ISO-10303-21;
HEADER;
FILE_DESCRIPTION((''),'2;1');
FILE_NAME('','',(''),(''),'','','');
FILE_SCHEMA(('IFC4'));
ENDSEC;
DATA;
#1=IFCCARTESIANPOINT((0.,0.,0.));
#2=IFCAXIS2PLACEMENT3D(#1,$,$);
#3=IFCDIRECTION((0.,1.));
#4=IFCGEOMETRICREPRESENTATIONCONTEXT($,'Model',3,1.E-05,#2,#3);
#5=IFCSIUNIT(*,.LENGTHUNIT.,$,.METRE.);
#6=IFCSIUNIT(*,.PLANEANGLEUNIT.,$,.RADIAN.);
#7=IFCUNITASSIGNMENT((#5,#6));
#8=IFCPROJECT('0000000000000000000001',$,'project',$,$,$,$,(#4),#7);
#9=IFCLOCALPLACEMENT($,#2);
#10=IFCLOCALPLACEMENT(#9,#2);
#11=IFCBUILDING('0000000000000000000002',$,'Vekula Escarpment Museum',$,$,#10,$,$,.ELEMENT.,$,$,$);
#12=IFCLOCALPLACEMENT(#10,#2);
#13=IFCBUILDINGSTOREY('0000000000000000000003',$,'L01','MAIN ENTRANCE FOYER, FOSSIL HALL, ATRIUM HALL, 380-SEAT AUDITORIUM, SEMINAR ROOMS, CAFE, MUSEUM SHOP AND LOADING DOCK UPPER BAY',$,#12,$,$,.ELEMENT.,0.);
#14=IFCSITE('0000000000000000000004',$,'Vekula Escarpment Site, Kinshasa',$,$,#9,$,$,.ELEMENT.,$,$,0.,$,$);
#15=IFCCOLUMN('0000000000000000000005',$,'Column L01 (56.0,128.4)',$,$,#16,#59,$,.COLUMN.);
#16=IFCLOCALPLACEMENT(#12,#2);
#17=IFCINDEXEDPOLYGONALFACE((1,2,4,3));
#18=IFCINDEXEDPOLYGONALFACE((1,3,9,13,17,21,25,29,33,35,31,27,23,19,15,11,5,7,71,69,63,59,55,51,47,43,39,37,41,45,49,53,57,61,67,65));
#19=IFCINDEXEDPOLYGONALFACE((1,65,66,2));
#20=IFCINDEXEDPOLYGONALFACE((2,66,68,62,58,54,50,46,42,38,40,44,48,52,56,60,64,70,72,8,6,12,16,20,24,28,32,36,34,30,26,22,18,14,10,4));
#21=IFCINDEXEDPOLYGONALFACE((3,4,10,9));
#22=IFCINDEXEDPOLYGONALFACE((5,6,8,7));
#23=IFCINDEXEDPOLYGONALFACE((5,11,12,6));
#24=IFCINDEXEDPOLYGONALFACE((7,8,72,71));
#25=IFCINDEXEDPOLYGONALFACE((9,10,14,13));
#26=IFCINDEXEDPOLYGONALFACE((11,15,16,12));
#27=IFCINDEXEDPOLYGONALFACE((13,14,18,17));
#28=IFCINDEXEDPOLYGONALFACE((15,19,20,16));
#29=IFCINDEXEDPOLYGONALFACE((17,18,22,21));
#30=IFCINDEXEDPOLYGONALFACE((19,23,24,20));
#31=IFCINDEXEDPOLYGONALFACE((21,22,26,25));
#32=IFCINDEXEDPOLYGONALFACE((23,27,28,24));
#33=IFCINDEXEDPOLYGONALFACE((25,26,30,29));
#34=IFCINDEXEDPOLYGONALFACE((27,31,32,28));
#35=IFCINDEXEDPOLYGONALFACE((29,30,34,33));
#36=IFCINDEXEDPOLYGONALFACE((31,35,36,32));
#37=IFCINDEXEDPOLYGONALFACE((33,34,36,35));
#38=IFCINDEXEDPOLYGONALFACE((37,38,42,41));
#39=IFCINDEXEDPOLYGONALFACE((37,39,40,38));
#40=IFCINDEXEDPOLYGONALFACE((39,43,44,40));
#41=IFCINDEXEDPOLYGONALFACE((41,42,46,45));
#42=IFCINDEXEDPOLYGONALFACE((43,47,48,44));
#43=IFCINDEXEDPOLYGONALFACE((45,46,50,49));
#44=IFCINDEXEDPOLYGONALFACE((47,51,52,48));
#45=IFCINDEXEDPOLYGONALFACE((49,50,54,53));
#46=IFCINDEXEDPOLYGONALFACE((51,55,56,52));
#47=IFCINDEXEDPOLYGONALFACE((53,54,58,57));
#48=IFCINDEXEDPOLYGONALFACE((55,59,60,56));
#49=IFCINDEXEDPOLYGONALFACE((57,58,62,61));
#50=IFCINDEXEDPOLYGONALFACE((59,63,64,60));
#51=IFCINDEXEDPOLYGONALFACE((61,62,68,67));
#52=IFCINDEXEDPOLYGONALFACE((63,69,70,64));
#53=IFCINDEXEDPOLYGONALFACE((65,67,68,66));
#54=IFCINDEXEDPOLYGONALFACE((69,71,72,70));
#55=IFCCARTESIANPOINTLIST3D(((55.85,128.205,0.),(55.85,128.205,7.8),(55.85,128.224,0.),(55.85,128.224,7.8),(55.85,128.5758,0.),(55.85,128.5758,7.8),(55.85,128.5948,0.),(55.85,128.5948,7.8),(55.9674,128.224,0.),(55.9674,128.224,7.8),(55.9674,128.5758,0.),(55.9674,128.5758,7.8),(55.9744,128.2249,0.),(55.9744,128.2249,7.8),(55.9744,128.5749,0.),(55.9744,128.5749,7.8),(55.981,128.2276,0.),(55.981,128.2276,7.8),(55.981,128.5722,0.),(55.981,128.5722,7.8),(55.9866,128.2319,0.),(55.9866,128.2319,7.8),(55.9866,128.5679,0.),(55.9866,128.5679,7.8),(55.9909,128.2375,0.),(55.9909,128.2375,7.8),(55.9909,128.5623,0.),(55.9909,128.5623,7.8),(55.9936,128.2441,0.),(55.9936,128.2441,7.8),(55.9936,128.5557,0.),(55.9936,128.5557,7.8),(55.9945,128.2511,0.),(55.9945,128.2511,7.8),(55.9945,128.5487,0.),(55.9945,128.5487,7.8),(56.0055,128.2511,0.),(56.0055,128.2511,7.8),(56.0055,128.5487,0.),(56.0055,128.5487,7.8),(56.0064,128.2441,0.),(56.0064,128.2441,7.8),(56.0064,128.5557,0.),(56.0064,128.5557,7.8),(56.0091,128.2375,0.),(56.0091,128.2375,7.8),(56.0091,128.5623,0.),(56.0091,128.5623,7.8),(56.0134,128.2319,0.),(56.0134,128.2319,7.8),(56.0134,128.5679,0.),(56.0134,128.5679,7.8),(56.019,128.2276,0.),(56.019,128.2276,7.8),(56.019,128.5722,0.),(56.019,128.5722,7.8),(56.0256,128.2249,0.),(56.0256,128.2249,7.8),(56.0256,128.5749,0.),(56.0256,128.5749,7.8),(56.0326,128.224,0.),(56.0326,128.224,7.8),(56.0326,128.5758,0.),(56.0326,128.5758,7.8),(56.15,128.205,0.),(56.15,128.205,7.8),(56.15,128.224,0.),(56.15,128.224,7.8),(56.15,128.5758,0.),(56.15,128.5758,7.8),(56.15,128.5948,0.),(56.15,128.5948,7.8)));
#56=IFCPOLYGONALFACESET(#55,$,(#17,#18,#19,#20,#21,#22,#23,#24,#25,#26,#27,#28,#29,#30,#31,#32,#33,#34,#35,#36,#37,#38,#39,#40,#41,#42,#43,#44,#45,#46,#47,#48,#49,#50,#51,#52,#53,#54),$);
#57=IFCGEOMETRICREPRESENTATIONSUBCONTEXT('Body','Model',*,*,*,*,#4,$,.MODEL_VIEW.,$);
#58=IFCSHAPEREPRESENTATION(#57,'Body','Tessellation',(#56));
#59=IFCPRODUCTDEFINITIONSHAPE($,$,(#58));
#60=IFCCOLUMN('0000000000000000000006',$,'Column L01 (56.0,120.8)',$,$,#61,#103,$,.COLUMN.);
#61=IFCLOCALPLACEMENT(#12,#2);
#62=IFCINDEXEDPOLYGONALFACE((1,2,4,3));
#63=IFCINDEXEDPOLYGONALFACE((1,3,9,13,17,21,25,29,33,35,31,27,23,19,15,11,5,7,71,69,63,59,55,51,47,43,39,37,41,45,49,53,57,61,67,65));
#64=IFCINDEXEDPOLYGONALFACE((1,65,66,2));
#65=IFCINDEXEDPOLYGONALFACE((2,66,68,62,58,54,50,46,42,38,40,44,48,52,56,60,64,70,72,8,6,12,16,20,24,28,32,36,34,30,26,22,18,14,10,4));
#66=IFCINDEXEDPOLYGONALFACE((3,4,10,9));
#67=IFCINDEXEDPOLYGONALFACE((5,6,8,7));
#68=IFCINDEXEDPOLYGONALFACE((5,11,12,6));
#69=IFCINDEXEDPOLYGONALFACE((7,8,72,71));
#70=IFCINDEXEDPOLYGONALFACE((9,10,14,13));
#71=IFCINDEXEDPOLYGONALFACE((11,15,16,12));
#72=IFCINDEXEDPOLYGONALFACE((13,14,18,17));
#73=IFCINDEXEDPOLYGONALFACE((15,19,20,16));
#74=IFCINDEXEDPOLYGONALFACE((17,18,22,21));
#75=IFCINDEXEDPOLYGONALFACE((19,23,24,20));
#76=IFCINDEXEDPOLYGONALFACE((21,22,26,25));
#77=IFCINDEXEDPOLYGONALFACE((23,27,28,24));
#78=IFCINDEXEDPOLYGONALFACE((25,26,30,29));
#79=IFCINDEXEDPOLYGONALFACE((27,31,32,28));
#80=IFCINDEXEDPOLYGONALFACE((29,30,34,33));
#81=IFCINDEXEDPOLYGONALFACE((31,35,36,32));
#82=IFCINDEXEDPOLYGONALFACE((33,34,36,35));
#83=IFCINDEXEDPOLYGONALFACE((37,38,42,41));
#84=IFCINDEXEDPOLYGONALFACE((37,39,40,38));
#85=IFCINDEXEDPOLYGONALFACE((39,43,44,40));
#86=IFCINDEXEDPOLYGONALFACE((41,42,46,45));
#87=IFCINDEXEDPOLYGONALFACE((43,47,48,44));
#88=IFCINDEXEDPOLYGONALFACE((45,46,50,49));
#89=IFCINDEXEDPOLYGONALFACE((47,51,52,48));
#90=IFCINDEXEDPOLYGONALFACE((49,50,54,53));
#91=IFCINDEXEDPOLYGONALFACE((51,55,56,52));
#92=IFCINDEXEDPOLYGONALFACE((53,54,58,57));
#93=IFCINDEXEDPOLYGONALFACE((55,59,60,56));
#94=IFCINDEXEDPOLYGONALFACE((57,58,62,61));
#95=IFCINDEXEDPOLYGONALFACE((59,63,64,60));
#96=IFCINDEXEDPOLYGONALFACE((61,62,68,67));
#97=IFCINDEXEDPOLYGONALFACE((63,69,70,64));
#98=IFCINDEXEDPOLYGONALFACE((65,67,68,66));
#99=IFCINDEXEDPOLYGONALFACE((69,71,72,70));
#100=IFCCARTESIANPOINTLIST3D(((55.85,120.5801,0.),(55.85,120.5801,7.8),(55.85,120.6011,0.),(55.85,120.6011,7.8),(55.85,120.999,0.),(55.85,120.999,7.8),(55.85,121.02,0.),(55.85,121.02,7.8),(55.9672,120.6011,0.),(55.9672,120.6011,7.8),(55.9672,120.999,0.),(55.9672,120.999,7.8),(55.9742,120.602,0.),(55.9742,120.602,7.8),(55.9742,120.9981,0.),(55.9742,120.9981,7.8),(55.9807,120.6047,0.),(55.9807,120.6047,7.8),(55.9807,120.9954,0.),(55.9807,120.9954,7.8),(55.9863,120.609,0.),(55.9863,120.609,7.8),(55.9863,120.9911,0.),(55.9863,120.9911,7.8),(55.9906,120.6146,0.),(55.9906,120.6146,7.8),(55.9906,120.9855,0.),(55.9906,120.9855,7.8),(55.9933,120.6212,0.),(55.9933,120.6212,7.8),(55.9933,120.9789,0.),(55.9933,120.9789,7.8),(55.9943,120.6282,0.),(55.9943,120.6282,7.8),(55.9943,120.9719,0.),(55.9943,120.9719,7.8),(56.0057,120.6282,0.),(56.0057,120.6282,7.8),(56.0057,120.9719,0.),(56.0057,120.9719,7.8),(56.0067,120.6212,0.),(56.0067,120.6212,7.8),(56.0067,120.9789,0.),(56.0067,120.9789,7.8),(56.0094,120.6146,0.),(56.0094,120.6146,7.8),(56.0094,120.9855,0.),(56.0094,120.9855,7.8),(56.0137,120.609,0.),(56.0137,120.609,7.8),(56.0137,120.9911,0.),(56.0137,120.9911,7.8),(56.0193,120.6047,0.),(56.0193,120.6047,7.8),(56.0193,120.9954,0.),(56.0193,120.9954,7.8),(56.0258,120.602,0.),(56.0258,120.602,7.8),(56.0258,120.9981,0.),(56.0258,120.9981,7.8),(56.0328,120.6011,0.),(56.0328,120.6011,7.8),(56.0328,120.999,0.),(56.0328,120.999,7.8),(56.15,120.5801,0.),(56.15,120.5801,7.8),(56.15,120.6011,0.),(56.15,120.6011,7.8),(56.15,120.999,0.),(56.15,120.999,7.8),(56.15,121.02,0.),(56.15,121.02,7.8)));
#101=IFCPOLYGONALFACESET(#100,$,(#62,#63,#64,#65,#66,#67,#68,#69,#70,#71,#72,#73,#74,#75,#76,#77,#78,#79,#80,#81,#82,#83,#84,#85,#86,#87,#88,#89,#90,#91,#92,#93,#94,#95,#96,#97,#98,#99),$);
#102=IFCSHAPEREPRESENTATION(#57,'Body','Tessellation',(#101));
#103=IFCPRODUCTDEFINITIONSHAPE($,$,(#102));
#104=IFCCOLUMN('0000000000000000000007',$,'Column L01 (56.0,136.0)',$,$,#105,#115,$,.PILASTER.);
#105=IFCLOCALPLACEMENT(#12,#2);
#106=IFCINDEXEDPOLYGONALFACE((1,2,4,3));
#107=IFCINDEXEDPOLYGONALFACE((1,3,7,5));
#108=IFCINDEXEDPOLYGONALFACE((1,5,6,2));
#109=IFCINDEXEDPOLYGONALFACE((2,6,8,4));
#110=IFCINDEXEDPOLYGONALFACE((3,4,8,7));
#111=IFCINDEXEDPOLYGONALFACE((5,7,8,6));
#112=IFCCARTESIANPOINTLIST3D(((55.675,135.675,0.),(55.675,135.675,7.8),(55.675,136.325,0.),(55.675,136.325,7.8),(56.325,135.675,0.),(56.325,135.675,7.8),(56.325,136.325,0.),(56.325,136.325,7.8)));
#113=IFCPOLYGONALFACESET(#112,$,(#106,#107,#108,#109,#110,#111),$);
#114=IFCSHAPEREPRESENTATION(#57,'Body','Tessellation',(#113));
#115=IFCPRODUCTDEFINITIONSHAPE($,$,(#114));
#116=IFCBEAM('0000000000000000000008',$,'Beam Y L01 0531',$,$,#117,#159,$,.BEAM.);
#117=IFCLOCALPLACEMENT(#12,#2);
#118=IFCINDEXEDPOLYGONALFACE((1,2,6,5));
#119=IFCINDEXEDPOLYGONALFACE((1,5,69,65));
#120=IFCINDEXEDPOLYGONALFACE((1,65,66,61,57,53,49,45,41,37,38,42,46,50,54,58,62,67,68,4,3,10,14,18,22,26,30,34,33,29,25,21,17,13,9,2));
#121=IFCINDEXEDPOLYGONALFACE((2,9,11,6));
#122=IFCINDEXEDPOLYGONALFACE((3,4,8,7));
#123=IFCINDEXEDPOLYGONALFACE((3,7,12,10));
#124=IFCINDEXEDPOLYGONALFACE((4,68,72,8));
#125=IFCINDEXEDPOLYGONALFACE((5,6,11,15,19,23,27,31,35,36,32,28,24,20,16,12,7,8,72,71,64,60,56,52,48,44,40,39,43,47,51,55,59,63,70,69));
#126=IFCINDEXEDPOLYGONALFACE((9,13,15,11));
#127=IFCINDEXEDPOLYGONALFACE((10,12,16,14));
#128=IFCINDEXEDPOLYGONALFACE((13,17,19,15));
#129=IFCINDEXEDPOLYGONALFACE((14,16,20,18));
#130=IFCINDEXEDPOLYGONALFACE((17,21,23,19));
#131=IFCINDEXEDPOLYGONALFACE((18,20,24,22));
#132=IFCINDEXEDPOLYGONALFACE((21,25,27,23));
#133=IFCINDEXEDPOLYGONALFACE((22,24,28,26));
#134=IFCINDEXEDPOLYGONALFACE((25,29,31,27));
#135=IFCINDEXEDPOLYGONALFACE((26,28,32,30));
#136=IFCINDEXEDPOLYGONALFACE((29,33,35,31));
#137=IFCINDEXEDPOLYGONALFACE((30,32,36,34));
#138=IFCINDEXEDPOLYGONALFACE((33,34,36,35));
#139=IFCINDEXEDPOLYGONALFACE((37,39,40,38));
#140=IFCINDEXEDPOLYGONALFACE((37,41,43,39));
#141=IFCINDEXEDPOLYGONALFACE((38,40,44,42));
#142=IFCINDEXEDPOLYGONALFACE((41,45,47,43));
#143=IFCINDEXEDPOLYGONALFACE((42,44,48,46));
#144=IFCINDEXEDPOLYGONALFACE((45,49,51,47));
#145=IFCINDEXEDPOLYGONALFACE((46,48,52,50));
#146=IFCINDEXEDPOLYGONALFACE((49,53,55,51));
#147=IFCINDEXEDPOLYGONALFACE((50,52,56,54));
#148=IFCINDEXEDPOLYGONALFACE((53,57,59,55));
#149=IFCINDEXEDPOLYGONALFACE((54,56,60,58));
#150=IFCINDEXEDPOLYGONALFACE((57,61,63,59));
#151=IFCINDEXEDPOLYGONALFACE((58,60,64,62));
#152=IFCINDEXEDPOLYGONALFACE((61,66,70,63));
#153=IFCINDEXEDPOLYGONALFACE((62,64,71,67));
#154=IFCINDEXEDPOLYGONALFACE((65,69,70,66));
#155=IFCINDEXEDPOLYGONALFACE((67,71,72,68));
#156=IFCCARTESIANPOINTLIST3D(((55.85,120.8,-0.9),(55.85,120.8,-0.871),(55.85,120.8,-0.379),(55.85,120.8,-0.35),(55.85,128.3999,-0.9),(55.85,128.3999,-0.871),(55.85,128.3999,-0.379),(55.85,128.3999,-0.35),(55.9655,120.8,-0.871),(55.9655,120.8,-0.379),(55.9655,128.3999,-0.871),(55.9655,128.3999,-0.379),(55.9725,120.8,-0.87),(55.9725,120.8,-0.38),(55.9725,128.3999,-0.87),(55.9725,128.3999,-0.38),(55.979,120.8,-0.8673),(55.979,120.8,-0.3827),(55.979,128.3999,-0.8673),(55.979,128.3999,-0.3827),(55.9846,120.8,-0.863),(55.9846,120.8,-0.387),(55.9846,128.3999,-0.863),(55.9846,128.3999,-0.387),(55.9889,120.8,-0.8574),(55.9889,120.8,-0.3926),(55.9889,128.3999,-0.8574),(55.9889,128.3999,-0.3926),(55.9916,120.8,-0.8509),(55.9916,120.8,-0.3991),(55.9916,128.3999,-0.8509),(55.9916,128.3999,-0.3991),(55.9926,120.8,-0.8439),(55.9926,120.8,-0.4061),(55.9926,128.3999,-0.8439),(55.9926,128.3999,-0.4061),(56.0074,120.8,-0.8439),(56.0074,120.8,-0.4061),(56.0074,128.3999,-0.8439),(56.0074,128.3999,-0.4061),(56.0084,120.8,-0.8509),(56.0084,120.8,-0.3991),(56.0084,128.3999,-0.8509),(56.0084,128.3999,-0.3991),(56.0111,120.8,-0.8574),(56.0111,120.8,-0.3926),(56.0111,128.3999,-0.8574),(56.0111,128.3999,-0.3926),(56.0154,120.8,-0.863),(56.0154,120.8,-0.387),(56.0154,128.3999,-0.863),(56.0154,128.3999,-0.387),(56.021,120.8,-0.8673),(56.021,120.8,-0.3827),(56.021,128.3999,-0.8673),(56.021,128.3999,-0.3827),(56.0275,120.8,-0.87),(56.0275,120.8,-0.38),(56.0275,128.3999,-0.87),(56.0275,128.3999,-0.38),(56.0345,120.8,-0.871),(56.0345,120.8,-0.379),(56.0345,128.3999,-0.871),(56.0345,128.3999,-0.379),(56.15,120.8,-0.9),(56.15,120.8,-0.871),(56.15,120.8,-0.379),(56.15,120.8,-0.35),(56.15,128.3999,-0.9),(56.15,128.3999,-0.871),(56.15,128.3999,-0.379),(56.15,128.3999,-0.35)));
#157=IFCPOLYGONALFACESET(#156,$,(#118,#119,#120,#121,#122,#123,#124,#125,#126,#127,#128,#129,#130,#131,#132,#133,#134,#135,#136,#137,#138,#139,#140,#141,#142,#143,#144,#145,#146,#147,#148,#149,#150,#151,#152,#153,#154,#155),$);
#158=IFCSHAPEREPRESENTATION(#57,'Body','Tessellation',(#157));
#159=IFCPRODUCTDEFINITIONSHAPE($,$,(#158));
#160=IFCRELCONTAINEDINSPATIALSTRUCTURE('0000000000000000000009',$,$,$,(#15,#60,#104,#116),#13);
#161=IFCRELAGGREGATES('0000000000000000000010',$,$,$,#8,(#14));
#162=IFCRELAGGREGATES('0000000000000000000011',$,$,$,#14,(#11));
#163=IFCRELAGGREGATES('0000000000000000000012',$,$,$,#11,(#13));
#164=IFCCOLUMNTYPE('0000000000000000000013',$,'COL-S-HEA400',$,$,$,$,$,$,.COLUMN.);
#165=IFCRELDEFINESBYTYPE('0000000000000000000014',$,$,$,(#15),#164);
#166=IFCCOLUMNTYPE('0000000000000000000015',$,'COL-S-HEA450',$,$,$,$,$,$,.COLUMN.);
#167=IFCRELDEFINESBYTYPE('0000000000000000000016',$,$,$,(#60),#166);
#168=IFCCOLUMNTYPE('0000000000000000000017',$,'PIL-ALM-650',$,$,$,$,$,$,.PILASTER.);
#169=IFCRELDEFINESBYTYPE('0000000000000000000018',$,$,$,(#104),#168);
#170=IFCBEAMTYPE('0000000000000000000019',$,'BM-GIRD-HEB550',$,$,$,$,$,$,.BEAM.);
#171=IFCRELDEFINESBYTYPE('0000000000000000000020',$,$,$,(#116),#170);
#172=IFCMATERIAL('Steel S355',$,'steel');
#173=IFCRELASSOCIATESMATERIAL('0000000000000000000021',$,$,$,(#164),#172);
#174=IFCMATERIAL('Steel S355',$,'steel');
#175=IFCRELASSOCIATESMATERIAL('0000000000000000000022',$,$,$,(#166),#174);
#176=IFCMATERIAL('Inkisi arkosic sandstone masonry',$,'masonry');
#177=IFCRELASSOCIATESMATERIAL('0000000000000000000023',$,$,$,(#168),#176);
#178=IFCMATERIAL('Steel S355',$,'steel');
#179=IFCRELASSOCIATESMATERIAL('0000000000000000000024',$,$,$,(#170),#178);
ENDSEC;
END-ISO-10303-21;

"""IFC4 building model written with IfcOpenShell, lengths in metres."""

from ifc_helpers import new_model, si_unit, direction, frame, origin, origin_2d, place, context, subcontext, project, spatial, rectangle, i_section, extrude, material, material_profile, profile_set, type_object, element, save


model = new_model("IFC4")

# Units and contexts
model_context = context("Model", 3, precision=1e-05, world=origin(), true_north=direction((0.0, 1.0)))
body_context = subcontext(model_context, "Body", "Model", "MODEL_VIEW")
ifc_project = project(units=[si_unit("LENGTHUNIT", "METRE"), si_unit("PLANEANGLEUNIT", "RADIAN")], contexts=[model_context])

# Site, building, storey
site_placement = place(None, origin())
site = spatial("IfcSite", under=ifc_project, at=site_placement, Name="Vekula Escarpment Site, Kinshasa", CompositionType="ELEMENT", RefElevation=0.0)
building_placement = place(site_placement, origin())
building = spatial("IfcBuilding", under=site, at=building_placement, Name="Vekula Escarpment Museum", CompositionType="ELEMENT")
storey_placement = place(building_placement, origin())
storey = spatial("IfcBuildingStorey", under=building, at=storey_placement, Name="L01", Description="MAIN ENTRANCE FOYER, FOSSIL HALL, ATRIUM HALL, 380-SEAT AUDITORIUM, SEMINAR ROOMS, CAFE, MUSEUM SHOP AND LOADING DOCK UPPER BAY", CompositionType="ELEMENT", Elevation=0.0)

# Columns
ifc_material_1 = material(Name="Steel S355", Category="steel")
ifc_material_profile_1 = material_profile(ifc_material_1, i_section(OverallWidth=0.3, OverallDepth=0.3899, WebThickness=0.011, FlangeThickness=0.019, FilletRadius=0.0271, at=origin_2d()), Name="HEA 400")
ifc_profile_set_1 = profile_set([ifc_material_profile_1], Name="Steel S355")
column_type_1 = type_object("IfcColumnType", Name="COL-S-HEA400", PredefinedType="COLUMN", material=ifc_profile_set_1)
column_1_placement = place(storey_placement, frame((56.0, 128.3999, 0.0), z_axis=(0.0, 0.0, 1.0), x_axis=(1.0, 0.0, 0.0)))
element("IfcColumn", 1, at=column_1_placement, inside=storey, type_object=column_type_1, Name="Column L01 (56.0,128.4)", PredefinedType="COLUMN", context=body_context, shape_type="SweptSolid", body=[
    extrude(i_section(OverallWidth=0.3, OverallDepth=0.3899, WebThickness=0.011, FlangeThickness=0.019, FilletRadius=0.0271, at=origin_2d()), origin(), (0.0, 0.0, 1.0), 7.8),
])
ifc_material_2 = material(Name="Steel S355", Category="steel")
ifc_material_profile_2 = material_profile(ifc_material_2, i_section(OverallWidth=0.3, OverallDepth=0.4399, WebThickness=0.0115, FlangeThickness=0.021, FilletRadius=0.0271, at=origin_2d()), Name="HEA 450")
ifc_profile_set_2 = profile_set([ifc_material_profile_2], Name="Steel S355")
column_type_2 = type_object("IfcColumnType", Name="COL-S-HEA450", PredefinedType="COLUMN", material=ifc_profile_set_2)
column_2_placement = place(storey_placement, frame((56.0, 120.8, 0.0), z_axis=(0.0, 0.0, 1.0), x_axis=(1.0, 0.0, 0.0)))
element("IfcColumn", 2, at=column_2_placement, inside=storey, type_object=column_type_2, Name="Column L01 (56.0,120.8)", PredefinedType="COLUMN", context=body_context, shape_type="SweptSolid", body=[
    extrude(i_section(OverallWidth=0.3, OverallDepth=0.4399, WebThickness=0.0115, FlangeThickness=0.021, FilletRadius=0.0271, at=origin_2d()), origin(), (0.0, 0.0, 1.0), 7.8),
])
ifc_material_3 = material(Name="Inkisi arkosic sandstone masonry", Category="masonry")
ifc_material_profile_3 = material_profile(ifc_material_3, rectangle(XDim=0.6499, YDim=0.6499, at=origin_2d()), Name="PIER 650x650")
ifc_profile_set_3 = profile_set([ifc_material_profile_3], Name="Inkisi arkosic sandstone masonry")
column_type_3 = type_object("IfcColumnType", Name="PIL-ALM-650", PredefinedType="PILASTER", material=ifc_profile_set_3)
column_3_placement = place(storey_placement, frame((56.0, 136.0, 0.0), z_axis=(0.0, 0.0, 1.0), x_axis=(1.0, 0.0, 0.0)))
element("IfcColumn", 3, at=column_3_placement, inside=storey, type_object=column_type_3, Name="Column L01 (56.0,136.0)", PredefinedType="PILASTER", context=body_context, shape_type="SweptSolid", body=[
    extrude(rectangle(XDim=0.6499, YDim=0.6499, at=origin_2d()), origin(), (0.0, 0.0, 1.0), 7.8),
])

# Beam
ifc_material_4 = material(Name="Steel S355", Category="steel")
ifc_material_profile_4 = material_profile(ifc_material_4, i_section(OverallWidth=0.3, OverallDepth=0.55, WebThickness=0.0149, FlangeThickness=0.0291, FilletRadius=0.0271, at=origin_2d()), Name="HEB 550")
ifc_profile_set_4 = profile_set([ifc_material_profile_4], Name="Steel S355")
beam_type_1 = type_object("IfcBeamType", Name="BM-GIRD-HEB550", PredefinedType="BEAM", material=ifc_profile_set_4)
beam_1_placement = place(storey_placement, frame((56.0, 120.8, -0.625), z_axis=(0.0, 1.0, 0.0), x_axis=(-1.0, 0.0, 0.0)))
element("IfcBeam", 4, at=beam_1_placement, inside=storey, type_object=beam_type_1, Name="Beam Y L01 0531", PredefinedType="BEAM", context=body_context, shape_type="SweptSolid", body=[
    extrude(i_section(OverallWidth=0.3, OverallDepth=0.55, WebThickness=0.0149, FlangeThickness=0.0291, FilletRadius=0.0271, at=origin_2d()), origin(), (0.0, 0.0, 1.0), 7.5999),
])

save(model, "model.ifc")
